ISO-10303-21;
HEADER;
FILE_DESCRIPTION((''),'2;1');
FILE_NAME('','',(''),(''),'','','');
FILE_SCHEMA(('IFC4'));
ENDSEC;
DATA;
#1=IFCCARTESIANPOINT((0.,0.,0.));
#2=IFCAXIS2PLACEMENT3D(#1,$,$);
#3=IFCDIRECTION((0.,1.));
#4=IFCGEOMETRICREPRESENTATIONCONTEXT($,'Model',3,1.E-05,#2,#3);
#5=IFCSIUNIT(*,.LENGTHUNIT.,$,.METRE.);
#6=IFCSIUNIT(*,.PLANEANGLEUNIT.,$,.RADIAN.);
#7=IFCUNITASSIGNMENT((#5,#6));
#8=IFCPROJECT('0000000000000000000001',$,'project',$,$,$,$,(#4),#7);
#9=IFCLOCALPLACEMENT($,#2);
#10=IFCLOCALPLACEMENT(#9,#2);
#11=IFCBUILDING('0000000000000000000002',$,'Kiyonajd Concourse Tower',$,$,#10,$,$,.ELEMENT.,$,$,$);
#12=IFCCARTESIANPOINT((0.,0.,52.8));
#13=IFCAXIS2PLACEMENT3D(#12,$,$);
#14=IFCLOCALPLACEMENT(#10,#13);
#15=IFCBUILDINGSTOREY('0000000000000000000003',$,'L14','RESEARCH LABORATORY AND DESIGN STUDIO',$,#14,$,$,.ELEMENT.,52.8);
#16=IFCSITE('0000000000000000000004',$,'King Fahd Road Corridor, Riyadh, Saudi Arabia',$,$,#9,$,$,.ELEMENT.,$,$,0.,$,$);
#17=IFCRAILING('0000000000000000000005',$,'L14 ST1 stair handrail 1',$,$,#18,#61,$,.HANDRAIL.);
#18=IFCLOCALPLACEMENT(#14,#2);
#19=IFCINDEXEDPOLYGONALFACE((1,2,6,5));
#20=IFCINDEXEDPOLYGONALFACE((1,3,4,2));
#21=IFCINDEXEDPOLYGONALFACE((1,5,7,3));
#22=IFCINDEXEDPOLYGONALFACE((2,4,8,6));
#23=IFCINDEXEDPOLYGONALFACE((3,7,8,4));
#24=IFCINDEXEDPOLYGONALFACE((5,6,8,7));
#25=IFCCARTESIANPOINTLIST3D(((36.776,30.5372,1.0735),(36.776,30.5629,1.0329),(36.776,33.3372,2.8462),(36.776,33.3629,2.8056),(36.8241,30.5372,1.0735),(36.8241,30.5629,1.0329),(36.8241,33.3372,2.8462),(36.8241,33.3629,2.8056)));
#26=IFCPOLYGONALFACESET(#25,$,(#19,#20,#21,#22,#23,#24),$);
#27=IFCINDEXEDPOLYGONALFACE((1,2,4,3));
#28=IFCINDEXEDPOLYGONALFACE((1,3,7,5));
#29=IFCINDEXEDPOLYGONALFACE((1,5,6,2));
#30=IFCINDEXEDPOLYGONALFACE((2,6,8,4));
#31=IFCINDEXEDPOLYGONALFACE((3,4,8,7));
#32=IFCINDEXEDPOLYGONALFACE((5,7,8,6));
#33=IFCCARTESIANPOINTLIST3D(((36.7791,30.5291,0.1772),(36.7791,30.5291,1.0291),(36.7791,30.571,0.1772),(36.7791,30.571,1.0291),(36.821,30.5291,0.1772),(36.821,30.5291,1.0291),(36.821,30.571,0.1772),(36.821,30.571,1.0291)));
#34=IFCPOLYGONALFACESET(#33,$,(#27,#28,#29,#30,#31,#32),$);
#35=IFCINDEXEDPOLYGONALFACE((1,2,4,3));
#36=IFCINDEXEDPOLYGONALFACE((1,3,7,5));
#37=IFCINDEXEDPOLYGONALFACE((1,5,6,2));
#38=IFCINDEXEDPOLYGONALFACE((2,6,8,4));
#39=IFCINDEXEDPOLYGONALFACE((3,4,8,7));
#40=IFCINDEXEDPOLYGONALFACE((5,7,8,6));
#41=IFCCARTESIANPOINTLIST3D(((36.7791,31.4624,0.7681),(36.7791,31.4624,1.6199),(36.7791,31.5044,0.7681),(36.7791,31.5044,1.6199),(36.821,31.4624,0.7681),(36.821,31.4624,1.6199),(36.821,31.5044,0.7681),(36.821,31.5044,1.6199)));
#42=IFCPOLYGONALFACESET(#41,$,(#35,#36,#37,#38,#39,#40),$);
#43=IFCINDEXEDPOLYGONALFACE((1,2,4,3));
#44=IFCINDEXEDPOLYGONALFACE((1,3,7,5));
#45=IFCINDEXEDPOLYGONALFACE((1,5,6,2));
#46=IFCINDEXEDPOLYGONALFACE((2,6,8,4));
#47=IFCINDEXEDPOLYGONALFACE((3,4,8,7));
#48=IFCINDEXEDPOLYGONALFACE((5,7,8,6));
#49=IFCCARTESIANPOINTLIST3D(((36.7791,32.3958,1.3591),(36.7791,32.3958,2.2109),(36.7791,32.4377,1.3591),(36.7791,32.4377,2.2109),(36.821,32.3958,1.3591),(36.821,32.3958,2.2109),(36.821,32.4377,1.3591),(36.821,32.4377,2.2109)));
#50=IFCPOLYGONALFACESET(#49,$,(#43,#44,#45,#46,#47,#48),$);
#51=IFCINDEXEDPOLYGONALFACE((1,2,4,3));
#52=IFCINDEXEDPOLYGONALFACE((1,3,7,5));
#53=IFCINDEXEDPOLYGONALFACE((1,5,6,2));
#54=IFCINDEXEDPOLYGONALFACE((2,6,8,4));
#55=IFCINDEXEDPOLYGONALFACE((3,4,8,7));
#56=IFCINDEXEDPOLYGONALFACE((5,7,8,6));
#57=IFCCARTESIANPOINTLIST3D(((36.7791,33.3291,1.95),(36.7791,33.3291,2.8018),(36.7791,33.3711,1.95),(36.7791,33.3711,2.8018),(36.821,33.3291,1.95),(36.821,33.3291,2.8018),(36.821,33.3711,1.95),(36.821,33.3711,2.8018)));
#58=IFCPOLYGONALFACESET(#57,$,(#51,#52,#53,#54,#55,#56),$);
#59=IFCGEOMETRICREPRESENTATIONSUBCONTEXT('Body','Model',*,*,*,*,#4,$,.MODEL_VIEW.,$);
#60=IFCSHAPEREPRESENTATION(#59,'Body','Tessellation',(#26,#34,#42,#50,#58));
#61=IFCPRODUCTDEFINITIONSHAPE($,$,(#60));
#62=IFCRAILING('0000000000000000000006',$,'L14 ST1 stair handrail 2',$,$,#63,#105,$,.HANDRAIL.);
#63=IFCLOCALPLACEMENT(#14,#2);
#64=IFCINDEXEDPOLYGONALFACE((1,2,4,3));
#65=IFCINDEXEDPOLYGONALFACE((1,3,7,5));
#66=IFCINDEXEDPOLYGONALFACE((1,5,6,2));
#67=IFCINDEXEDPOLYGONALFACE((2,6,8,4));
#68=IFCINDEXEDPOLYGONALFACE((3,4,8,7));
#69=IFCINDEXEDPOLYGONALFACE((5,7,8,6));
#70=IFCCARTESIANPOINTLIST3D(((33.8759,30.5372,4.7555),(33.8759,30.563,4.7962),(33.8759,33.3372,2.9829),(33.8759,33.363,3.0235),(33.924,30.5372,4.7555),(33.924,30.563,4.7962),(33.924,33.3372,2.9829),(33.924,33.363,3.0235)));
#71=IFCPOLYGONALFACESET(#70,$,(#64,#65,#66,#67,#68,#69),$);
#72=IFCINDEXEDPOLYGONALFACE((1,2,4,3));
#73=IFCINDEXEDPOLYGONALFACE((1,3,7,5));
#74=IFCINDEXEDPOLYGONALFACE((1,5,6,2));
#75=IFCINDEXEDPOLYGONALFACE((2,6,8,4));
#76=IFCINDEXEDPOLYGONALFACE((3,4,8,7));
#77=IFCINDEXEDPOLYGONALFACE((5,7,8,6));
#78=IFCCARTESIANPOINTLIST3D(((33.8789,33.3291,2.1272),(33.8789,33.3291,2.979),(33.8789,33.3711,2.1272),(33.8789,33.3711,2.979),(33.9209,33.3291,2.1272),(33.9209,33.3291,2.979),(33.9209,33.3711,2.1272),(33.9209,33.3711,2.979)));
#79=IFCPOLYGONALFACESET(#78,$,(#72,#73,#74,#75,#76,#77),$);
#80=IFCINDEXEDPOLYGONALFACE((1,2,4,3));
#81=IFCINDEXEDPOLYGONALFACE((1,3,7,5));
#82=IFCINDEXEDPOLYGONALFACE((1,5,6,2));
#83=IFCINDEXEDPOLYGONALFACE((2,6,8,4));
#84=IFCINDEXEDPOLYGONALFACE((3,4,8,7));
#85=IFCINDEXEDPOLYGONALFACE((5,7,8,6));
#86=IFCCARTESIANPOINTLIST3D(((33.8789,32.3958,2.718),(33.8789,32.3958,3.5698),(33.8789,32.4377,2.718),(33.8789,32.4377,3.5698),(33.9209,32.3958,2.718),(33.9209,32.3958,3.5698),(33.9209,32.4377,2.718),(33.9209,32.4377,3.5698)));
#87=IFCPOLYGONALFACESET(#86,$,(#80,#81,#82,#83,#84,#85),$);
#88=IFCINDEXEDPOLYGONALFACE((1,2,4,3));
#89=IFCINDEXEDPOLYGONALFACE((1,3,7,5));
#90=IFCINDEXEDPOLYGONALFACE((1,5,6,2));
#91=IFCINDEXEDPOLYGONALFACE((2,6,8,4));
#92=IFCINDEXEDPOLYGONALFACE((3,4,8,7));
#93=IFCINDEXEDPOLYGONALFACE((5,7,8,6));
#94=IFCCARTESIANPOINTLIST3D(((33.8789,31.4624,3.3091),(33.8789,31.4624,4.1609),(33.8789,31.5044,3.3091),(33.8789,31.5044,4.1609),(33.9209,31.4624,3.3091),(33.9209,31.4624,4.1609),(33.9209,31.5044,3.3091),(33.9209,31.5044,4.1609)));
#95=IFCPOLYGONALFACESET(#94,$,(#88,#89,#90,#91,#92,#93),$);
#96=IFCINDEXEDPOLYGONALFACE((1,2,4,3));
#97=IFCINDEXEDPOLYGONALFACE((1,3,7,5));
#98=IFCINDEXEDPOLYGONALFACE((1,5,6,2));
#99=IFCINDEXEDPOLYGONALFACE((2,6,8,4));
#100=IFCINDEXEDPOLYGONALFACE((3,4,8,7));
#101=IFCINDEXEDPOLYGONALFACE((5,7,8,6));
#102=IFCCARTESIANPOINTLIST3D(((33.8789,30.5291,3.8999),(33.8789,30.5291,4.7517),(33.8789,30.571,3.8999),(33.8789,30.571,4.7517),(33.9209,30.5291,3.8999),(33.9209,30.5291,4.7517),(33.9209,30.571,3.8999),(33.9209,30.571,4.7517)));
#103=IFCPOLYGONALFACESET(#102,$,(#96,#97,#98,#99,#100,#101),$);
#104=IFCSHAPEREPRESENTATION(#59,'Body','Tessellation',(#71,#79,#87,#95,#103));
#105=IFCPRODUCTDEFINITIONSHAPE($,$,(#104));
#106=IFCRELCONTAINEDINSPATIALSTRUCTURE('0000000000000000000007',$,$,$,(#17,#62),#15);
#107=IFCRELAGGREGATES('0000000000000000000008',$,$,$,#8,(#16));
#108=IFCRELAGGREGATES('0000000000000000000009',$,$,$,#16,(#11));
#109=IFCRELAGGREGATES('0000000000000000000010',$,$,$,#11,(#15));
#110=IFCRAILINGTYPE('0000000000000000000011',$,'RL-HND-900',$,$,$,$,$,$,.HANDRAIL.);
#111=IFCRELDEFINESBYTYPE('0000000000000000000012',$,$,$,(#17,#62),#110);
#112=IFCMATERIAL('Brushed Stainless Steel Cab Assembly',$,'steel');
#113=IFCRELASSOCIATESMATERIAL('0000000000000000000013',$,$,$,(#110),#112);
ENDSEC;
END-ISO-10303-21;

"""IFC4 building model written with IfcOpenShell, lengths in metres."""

from ifc_helpers import new_model, si_unit, direction, frame, origin, origin_2d, place, context, subcontext, project, spatial, rectangle, extrude, material, type_object, element, save


model = new_model("IFC4")

# Units and contexts
model_context = context("Model", 3, precision=1e-05, world=origin(), true_north=direction((0.0, 1.0)))
body_context = subcontext(model_context, "Body", "Model", "MODEL_VIEW")
ifc_project = project(units=[si_unit("LENGTHUNIT", "METRE"), si_unit("PLANEANGLEUNIT", "RADIAN")], contexts=[model_context])

# Site, building, storey
site_placement = place(None, origin())
site = spatial("IfcSite", under=ifc_project, at=site_placement, Name="King Fahd Road Corridor, Riyadh, Saudi Arabia", CompositionType="ELEMENT", RefElevation=0.0)
building_placement = place(site_placement, origin())
building = spatial("IfcBuilding", under=site, at=building_placement, Name="Kiyonajd Concourse Tower", CompositionType="ELEMENT")
storey_placement = place(building_placement, frame((0.0, 0.0, 52.8)))
storey = spatial("IfcBuildingStorey", under=building, at=storey_placement, Name="L14", Description="RESEARCH LABORATORY AND DESIGN STUDIO", CompositionType="ELEMENT", Elevation=52.8)

# Shared definitions
ifc_material_1 = material(Name="Brushed Stainless Steel Cab Assembly", Category="steel")

# Railings
railing_type_1 = type_object("IfcRailingType", Name="RL-HND-900", PredefinedType="HANDRAIL", material=ifc_material_1)
railing_1_placement = place(storey_placement, frame((36.8, 30.55, 0.1772)))
element("IfcRailing", 1, at=railing_1_placement, inside=storey, type_object=railing_type_1, Name="L14 ST1 stair handrail 1", PredefinedType="HANDRAIL", context=body_context, shape_type="SweptSolid", body=[
    extrude(rectangle(XDim=0.0481, YDim=0.0481, at=origin_2d()), frame((0.0, 0.0, 0.876), z_axis=(0.0, 0.844909, 0.53491), x_axis=(-1.0, 0.0, 0.0)), (0.0, 0.0, 1.0), 3.314),
    extrude(rectangle(XDim=0.042, YDim=0.042, at=origin_2d()), origin(), (0.0, 0.0, 1.0), 0.8518),
    extrude(rectangle(XDim=0.042, YDim=0.042, at=origin_2d()), frame((0.0, 0.9333, 0.5908)), (0.0, 0.0, 1.0), 0.8518),
    extrude(rectangle(XDim=0.042, YDim=0.042, at=origin_2d()), frame((0.0, 1.8667, 1.1819)), (0.0, 0.0, 1.0), 0.8518),
    extrude(rectangle(XDim=0.042, YDim=0.042, at=origin_2d()), frame((0.0, 2.8, 1.7727)), (0.0, 0.0, 1.0), 0.8518),
])
railing_2_placement = place(storey_placement, frame((33.8999, 33.3501, 2.1272)))
element("IfcRailing", 2, at=railing_2_placement, inside=storey, type_object=railing_type_1, Name="L14 ST1 stair handrail 2", PredefinedType="HANDRAIL", context=body_context, shape_type="SweptSolid", body=[
    extrude(rectangle(XDim=0.0481, YDim=0.0481, at=origin_2d()), frame((0.0, 0.0, 0.876), z_axis=(0.0, -0.844909, 0.53491), x_axis=(1.0, 0.0, 0.0)), (0.0, 0.0, 1.0), 3.314),
    extrude(rectangle(XDim=0.042, YDim=0.042, at=origin_2d()), origin(), (0.0, 0.0, 1.0), 0.8518),
    extrude(rectangle(XDim=0.042, YDim=0.042, at=origin_2d()), frame((0.0, -0.9333, 0.5908)), (0.0, 0.0, 1.0), 0.8518),
    extrude(rectangle(XDim=0.042, YDim=0.042, at=origin_2d()), frame((0.0, -1.8667, 1.1819)), (0.0, 0.0, 1.0), 0.8518),
    extrude(rectangle(XDim=0.042, YDim=0.042, at=origin_2d()), frame((0.0, -2.8, 1.7727)), (0.0, 0.0, 1.0), 0.8518),
])

save(model, "model.ifc")
